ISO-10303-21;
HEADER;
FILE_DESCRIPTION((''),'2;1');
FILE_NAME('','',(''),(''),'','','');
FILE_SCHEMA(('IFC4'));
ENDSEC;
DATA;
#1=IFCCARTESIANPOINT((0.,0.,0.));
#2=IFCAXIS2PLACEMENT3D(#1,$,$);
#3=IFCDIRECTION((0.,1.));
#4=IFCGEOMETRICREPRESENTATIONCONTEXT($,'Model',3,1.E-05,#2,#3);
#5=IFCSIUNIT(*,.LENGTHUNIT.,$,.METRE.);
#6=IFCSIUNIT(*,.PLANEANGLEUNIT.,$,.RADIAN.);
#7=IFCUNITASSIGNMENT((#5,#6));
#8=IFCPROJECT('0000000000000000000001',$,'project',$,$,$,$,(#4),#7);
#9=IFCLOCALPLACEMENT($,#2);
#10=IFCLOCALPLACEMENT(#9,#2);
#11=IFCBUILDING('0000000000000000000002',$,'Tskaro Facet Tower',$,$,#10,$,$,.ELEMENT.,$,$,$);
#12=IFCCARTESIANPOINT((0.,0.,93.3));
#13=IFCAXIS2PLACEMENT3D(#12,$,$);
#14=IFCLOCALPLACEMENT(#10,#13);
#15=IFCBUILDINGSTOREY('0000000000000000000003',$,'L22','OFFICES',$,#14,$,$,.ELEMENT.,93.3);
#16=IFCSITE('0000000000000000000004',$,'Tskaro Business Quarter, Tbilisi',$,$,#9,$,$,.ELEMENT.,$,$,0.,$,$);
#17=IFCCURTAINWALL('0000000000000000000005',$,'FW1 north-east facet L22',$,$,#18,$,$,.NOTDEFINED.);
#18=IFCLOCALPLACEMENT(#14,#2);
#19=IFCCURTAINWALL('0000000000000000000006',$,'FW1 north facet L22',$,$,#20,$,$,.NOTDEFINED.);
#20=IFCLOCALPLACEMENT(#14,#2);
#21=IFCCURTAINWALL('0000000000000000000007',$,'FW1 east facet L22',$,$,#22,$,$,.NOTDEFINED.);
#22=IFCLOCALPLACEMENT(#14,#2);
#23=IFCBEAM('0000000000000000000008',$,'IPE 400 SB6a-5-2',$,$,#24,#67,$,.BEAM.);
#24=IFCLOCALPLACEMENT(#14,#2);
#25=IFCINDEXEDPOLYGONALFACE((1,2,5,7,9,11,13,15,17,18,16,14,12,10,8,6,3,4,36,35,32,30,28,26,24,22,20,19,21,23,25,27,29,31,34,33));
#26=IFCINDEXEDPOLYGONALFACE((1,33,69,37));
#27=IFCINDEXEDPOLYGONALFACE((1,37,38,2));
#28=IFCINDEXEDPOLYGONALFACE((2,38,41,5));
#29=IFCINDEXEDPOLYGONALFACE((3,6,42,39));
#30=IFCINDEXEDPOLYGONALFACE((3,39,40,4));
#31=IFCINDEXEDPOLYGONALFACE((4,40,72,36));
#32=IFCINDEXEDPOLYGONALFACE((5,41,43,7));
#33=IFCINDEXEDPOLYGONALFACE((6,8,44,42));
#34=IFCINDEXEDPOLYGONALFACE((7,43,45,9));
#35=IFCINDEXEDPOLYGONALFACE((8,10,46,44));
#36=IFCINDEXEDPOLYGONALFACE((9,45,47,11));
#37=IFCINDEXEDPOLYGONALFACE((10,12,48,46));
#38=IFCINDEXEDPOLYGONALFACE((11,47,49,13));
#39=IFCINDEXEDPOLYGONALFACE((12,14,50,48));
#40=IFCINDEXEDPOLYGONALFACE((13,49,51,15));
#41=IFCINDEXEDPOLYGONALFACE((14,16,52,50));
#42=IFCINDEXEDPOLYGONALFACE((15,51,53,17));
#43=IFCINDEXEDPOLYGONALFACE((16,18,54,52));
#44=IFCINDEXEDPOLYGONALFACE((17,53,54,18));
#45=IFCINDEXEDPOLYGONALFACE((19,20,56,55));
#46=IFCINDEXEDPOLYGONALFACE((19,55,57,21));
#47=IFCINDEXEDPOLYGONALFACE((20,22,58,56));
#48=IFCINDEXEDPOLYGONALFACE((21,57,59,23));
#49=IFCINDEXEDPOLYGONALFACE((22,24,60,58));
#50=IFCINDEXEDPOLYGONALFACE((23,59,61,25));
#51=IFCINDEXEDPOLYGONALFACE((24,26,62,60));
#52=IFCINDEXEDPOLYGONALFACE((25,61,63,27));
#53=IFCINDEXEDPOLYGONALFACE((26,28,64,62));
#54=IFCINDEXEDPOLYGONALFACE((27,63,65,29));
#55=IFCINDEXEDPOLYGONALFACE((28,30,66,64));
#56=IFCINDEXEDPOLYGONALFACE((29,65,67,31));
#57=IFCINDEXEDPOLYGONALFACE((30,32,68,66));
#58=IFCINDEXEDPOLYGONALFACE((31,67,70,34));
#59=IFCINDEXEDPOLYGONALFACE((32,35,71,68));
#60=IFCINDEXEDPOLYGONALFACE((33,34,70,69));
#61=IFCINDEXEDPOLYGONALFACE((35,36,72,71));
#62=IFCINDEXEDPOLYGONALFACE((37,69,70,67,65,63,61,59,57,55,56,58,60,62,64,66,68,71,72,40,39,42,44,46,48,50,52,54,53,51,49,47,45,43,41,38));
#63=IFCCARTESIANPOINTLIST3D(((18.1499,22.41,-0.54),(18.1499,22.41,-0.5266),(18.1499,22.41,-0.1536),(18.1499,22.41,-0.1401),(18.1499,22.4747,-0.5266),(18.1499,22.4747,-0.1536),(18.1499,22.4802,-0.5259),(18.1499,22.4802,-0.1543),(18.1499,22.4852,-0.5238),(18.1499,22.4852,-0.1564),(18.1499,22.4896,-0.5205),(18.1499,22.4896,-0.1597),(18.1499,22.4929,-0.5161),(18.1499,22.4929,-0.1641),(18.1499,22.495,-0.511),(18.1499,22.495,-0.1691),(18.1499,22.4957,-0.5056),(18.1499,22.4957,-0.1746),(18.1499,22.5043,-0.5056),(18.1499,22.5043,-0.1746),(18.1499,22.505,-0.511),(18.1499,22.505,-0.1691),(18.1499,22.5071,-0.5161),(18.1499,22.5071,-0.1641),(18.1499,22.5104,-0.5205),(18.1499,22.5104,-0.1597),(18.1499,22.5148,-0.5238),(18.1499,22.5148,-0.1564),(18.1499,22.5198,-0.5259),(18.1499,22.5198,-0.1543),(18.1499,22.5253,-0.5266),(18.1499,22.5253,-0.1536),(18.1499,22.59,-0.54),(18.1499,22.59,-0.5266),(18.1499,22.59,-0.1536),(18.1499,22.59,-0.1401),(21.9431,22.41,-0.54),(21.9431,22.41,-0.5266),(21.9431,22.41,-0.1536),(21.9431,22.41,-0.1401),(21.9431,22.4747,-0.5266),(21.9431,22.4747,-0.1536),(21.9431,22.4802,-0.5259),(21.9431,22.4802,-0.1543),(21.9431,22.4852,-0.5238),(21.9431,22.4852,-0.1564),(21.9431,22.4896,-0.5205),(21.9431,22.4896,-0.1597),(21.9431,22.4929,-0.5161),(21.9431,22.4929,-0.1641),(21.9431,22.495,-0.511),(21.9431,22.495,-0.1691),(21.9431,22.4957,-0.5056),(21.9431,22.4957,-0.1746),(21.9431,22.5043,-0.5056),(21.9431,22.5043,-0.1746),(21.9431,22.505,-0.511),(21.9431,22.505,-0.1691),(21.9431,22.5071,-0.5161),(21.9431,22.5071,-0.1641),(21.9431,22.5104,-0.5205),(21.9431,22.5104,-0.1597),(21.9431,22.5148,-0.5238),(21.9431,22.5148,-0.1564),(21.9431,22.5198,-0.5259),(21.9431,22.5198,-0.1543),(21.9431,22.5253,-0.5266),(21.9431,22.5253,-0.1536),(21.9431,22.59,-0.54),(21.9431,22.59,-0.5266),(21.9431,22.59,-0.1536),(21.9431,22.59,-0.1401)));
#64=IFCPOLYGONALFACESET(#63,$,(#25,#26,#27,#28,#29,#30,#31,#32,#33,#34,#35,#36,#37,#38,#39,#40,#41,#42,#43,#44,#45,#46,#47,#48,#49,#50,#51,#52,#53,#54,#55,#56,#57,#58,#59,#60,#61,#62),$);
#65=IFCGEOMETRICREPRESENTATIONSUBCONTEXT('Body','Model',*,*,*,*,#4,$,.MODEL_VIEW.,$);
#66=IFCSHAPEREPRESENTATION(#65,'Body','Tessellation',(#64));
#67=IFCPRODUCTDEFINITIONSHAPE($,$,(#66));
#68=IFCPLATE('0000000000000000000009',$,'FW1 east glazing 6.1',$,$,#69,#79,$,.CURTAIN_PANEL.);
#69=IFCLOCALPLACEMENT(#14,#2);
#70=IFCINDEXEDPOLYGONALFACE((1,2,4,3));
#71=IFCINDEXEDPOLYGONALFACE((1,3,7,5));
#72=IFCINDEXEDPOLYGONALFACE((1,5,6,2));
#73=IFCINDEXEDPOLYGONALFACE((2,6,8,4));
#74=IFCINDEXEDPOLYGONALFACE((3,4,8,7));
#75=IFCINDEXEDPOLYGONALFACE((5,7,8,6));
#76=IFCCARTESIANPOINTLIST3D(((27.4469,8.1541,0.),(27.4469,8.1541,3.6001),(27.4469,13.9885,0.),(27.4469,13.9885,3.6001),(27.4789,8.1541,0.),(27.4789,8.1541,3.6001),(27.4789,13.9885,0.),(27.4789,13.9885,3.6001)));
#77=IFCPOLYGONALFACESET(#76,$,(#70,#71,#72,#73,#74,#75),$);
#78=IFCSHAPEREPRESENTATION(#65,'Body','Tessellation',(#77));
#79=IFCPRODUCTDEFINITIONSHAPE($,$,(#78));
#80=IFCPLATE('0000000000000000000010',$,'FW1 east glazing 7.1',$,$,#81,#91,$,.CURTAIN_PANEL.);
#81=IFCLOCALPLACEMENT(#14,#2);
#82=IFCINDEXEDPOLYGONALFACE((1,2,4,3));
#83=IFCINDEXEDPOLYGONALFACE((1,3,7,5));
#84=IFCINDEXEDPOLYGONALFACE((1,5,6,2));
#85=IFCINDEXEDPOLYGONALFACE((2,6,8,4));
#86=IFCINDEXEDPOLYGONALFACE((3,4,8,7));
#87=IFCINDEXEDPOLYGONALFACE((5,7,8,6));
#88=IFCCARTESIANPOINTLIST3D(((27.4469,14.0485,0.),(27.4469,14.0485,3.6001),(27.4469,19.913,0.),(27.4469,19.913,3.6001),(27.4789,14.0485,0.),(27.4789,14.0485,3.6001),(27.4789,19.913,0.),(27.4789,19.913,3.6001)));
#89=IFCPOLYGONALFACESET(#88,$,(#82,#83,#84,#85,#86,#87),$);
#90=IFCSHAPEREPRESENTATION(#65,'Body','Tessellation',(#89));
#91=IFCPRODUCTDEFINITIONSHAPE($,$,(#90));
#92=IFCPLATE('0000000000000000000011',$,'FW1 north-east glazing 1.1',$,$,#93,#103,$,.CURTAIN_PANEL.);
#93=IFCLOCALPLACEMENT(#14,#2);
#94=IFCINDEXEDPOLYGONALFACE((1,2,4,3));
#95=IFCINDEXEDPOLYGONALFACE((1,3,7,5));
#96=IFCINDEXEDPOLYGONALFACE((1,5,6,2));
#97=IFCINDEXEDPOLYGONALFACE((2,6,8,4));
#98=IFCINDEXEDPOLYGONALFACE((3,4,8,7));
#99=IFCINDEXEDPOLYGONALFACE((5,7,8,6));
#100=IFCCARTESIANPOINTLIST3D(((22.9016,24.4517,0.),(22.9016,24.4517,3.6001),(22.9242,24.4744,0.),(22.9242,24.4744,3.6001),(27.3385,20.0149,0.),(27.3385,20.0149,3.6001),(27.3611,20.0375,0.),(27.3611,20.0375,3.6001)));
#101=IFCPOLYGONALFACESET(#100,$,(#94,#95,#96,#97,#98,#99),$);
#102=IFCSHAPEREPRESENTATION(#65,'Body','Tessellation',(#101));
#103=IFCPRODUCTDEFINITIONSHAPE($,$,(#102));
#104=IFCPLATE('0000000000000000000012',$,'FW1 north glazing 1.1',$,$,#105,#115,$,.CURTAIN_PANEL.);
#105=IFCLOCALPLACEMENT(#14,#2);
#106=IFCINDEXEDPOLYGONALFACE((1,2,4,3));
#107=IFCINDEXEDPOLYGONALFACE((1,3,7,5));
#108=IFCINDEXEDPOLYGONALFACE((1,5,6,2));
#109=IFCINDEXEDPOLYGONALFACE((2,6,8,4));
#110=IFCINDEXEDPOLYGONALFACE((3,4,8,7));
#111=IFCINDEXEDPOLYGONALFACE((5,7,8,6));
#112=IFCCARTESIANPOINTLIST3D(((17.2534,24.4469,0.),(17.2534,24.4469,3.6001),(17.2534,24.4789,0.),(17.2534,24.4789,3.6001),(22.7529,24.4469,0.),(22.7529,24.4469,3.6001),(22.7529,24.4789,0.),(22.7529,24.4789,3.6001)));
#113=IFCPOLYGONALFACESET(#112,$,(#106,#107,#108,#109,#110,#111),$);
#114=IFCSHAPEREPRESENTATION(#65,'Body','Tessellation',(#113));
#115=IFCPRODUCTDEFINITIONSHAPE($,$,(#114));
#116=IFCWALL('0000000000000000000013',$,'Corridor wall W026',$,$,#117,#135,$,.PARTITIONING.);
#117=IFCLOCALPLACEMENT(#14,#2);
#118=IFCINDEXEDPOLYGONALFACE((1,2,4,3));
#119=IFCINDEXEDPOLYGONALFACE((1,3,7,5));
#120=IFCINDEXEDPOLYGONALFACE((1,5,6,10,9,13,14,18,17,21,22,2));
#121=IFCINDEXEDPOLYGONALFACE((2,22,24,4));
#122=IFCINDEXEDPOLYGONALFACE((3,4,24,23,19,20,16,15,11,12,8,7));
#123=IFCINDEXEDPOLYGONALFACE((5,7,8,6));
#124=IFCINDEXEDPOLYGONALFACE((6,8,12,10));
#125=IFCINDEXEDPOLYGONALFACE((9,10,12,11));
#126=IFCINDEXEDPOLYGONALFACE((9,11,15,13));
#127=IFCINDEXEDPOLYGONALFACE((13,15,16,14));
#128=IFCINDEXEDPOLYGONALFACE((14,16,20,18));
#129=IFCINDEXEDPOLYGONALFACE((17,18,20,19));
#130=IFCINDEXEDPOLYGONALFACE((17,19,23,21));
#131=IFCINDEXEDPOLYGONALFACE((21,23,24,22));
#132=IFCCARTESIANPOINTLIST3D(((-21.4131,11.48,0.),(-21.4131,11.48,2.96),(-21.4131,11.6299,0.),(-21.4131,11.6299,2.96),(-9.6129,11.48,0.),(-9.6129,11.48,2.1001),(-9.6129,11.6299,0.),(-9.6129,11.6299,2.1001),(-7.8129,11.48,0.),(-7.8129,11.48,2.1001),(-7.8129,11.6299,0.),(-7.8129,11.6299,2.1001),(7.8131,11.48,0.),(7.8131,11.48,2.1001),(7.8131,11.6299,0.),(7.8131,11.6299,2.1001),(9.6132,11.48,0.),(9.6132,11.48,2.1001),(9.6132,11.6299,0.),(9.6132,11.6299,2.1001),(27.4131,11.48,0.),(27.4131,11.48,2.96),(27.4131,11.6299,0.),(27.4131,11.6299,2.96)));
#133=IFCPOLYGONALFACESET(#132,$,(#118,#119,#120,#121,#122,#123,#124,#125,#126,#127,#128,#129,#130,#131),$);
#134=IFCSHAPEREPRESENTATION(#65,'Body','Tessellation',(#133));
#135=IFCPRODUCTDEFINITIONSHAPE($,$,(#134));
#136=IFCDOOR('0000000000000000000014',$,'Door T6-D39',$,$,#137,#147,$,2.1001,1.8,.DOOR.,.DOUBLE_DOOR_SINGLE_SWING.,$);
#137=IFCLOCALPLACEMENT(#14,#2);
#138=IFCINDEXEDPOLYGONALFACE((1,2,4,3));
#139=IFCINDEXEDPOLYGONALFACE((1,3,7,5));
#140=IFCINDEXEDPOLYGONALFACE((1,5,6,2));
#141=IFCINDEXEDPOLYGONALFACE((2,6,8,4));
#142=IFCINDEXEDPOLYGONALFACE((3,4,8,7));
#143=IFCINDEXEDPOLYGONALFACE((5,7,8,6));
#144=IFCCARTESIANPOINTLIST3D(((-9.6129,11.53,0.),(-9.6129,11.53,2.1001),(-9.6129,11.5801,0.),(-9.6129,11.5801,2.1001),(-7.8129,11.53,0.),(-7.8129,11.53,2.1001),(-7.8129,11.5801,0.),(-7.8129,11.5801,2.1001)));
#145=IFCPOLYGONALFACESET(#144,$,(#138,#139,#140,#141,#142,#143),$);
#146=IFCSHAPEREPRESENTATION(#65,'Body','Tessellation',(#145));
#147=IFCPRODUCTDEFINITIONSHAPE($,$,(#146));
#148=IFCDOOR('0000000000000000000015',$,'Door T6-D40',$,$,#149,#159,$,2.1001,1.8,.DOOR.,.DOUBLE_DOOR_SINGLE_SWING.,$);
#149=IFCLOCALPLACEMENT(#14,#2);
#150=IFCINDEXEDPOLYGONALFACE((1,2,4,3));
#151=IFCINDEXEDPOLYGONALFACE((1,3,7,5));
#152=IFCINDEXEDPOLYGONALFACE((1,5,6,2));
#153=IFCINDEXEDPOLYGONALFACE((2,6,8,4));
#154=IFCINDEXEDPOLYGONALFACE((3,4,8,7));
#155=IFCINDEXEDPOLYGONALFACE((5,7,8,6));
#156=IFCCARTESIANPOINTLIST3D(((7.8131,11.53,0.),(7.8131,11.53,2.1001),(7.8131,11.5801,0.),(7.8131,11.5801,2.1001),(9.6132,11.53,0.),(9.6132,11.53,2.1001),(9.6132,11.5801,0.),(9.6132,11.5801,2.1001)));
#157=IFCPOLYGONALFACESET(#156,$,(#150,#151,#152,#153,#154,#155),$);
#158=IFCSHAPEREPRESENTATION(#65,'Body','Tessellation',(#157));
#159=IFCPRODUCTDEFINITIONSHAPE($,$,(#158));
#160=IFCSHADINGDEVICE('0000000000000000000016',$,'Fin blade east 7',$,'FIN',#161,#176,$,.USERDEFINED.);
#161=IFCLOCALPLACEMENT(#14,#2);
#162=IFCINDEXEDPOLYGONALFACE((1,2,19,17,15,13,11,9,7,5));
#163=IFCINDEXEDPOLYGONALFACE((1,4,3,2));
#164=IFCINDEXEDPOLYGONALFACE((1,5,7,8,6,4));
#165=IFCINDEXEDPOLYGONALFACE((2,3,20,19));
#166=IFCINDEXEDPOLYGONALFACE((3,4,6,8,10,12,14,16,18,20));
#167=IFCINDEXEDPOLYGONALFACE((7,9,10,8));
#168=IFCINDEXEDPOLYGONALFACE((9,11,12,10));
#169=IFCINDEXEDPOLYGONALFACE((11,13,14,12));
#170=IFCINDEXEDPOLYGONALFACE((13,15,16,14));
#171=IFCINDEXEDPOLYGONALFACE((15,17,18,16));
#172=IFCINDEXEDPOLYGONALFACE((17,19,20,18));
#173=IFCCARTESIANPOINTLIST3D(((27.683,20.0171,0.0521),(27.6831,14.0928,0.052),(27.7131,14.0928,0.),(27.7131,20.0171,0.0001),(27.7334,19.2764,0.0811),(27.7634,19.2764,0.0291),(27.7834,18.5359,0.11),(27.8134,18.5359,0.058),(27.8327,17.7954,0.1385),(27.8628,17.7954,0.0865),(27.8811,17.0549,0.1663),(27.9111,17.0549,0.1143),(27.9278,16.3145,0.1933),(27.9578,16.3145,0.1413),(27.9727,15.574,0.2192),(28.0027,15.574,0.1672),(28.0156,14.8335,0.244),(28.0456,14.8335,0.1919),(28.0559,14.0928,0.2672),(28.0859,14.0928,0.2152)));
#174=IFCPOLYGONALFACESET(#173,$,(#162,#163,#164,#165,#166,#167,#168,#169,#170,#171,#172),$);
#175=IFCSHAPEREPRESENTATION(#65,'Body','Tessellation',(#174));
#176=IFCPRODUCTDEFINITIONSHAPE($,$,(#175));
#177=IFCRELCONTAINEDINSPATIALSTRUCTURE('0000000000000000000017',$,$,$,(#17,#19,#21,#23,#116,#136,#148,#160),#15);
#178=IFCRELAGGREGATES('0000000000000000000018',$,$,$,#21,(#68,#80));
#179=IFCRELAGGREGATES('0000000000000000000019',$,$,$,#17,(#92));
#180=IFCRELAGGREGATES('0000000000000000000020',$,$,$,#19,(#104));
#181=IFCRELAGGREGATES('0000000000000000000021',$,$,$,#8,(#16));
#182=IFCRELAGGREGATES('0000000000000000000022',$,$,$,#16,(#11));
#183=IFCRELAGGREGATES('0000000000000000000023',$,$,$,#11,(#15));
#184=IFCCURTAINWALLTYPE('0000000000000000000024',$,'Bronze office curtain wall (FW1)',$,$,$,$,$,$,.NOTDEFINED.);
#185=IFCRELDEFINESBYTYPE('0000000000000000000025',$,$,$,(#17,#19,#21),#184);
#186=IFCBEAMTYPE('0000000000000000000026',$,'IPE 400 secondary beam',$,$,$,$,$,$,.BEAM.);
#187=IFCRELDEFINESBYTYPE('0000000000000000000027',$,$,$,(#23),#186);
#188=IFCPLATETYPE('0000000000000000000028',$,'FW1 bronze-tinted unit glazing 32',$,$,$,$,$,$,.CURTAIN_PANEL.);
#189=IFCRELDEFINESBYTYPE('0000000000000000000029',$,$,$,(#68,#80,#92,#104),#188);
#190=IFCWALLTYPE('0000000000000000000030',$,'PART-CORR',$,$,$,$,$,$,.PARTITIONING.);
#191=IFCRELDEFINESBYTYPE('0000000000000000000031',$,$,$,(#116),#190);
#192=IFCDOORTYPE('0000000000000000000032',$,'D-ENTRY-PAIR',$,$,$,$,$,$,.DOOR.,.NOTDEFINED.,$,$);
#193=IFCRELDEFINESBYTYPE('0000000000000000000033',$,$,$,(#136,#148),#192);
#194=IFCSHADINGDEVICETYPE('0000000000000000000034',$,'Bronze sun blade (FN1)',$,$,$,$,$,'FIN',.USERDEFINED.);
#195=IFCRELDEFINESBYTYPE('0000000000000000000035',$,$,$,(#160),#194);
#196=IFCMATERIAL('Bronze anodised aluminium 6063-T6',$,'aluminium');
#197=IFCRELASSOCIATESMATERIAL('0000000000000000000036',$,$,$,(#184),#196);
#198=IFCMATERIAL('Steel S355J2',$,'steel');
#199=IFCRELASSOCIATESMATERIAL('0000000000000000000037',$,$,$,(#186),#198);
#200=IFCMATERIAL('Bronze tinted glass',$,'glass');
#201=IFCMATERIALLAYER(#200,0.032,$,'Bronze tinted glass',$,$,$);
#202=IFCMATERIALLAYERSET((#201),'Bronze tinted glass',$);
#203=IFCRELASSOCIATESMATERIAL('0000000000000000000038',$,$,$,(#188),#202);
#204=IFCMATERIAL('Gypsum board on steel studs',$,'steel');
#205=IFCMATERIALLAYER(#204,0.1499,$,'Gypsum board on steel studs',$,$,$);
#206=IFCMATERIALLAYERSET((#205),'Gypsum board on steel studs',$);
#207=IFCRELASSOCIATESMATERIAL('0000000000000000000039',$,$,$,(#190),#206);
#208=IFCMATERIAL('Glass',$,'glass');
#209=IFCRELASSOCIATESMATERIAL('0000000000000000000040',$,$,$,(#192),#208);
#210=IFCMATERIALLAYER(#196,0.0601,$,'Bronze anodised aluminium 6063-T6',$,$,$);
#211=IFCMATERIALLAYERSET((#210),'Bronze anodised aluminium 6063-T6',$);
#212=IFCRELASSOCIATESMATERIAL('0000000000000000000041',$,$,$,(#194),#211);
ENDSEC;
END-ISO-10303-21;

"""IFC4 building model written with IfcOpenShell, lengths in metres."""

from ifc_helpers import new_model, si_unit, direction, frame, frame_2d, origin, origin_2d, place, context, subcontext, project, spatial, polyline, rectangle, i_section, outline, extrude, material, layer, layer_set, material_profile, profile_set, type_object, element, fill, aggregate, save


model = new_model("IFC4")

# Units and contexts
model_context = context("Model", 3, precision=1e-05, world=origin(), true_north=direction((0.0, 1.0)))
body_context = subcontext(model_context, "Body", "Model", "MODEL_VIEW")
ifc_project = project(units=[si_unit("LENGTHUNIT", "METRE"), si_unit("PLANEANGLEUNIT", "RADIAN")], contexts=[model_context])

# Site, building, storey
site_placement = place(None, origin())
site = spatial("IfcSite", under=ifc_project, at=site_placement, Name="Tskaro Business Quarter, Tbilisi", CompositionType="ELEMENT", RefElevation=0.0)
building_placement = place(site_placement, origin())
building = spatial("IfcBuilding", under=site, at=building_placement, Name="Tskaro Facet Tower", CompositionType="ELEMENT")
storey_placement = place(building_placement, frame((0.0, 0.0, 93.3)))
storey = spatial("IfcBuildingStorey", under=building, at=storey_placement, Name="L22", Description="OFFICES", CompositionType="ELEMENT", Elevation=93.3)

# Curtain walls
ifc_material_1 = material(Name="Bronze anodised aluminium 6063-T6", Category="aluminium")
curtain_wall_type = type_object("IfcCurtainWallType", Name="Bronze office curtain wall (FW1)", PredefinedType="NOTDEFINED", material=ifc_material_1)
curtain_wall_1_placement = place(storey_placement, origin())
curtain_wall_1 = element("IfcCurtainWall", 1, at=curtain_wall_1_placement, inside=storey, type_object=curtain_wall_type, Name="FW1 north-east facet L22", PredefinedType="NOTDEFINED")
curtain_wall_2_placement = place(storey_placement, origin())
curtain_wall_2 = element("IfcCurtainWall", 2, at=curtain_wall_2_placement, inside=storey, type_object=curtain_wall_type, Name="FW1 north facet L22", PredefinedType="NOTDEFINED")

# Curtain wall
curtain_wall_3_placement = place(storey_placement, origin())
curtain_wall_3 = element("IfcCurtainWall", 3, at=curtain_wall_3_placement, inside=storey, type_object=curtain_wall_type, Name="FW1 east facet L22", PredefinedType="NOTDEFINED")

# Beam
ifc_material_2 = material(Name="Steel S355J2", Category="steel")
ifc_material_profile_1 = material_profile(ifc_material_2, i_section(OverallWidth=0.1799, OverallDepth=0.3999, WebThickness=0.0085, FlangeThickness=0.0134, FilletRadius=0.021, at=origin_2d()), Name="IPE 400")
ifc_profile_set_1 = profile_set([ifc_material_profile_1], Name="Steel S355J2")
beam_type_1 = type_object("IfcBeamType", Name="IPE 400 secondary beam", PredefinedType="BEAM", material=ifc_profile_set_1)
beam_1_placement = place(storey_placement, frame((18.1499, 22.5, -0.3401), z_axis=(1.0, 0.0, 0.0), x_axis=(0.0, 1.0, 0.0)))
element("IfcBeam", 4, at=beam_1_placement, inside=storey, type_object=beam_type_1, Name="IPE 400 SB6a-5-2", PredefinedType="BEAM", context=body_context, shape_type="SweptSolid", body=[
    extrude(i_section(OverallWidth=0.1799, OverallDepth=0.3999, WebThickness=0.0085, FlangeThickness=0.0134, FilletRadius=0.021, at=origin_2d()), origin(), (0.0, 0.0, 1.0), 3.7932),
])

# Plates
ifc_material_3 = material(Name="Bronze tinted glass", Category="glass")
ifc_layer_1 = layer(ifc_material_3, 0.032, Name="Bronze tinted glass")
ifc_layer_set_1 = layer_set([ifc_layer_1], Name="Bronze tinted glass")
plate_type = type_object("IfcPlateType", Name="FW1 bronze-tinted unit glazing 32", PredefinedType="CURTAIN_PANEL", material=ifc_layer_set_1)
plate_1_placement = place(storey_placement, frame((27.4629, 11.0713, 0.0), z_axis=(0.0, 0.0, 1.0), x_axis=(0.0, 1.0, 0.0)))
plate_1 = element("IfcPlate", 5, at=plate_1_placement, type_object=plate_type, Name="FW1 east glazing 6.1", PredefinedType="CURTAIN_PANEL", context=body_context, shape_type="SweptSolid", body=[
    extrude(rectangle(XDim=5.8345, YDim=0.032, at=origin_2d()), origin(), (0.0, 0.0, 1.0), 3.6001),
])
plate_2_placement = place(storey_placement, frame((27.4629, 16.9807, 0.0), z_axis=(0.0, 0.0, 1.0), x_axis=(0.0, 1.0, 0.0)))
plate_2 = element("IfcPlate", 6, at=plate_2_placement, type_object=plate_type, Name="FW1 east glazing 7.1", PredefinedType="CURTAIN_PANEL", context=body_context, shape_type="SweptSolid", body=[
    extrude(rectangle(XDim=5.8645, YDim=0.032, at=origin_2d()), origin(), (0.0, 0.0, 1.0), 3.6001),
])
aggregate(curtain_wall_3, [plate_1, plate_2])
plate_3_placement = place(storey_placement, frame((25.1313, 22.2446, 0.0), z_axis=(0.0, 0.0, 1.0), x_axis=(-0.707107, 0.707107, 0.0)))
plate_3 = element("IfcPlate", 7, at=plate_3_placement, type_object=plate_type, Name="FW1 north-east glazing 1.1", PredefinedType="CURTAIN_PANEL", context=body_context, shape_type="SweptSolid", body=[
    extrude(rectangle(XDim=6.2747, YDim=0.032, at=origin_2d()), origin(), (0.0, 0.0, 1.0), 3.6001),
])
aggregate(curtain_wall_1, [plate_3])
plate_4_placement = place(storey_placement, frame((20.0032, 24.4629, 0.0), z_axis=(0.0, 0.0, 1.0), x_axis=(-1.0, 0.0, 0.0)))
plate_4 = element("IfcPlate", 8, at=plate_4_placement, type_object=plate_type, Name="FW1 north glazing 1.1", PredefinedType="CURTAIN_PANEL", context=body_context, shape_type="SweptSolid", body=[
    extrude(rectangle(XDim=5.4995, YDim=0.032, at=origin_2d()), origin(), (0.0, 0.0, 1.0), 3.6001),
])
aggregate(curtain_wall_2, [plate_4])

# Wall, openings, doors
ifc_material_4 = material(Name="Gypsum board on steel studs", Category="steel")
ifc_layer_2 = layer(ifc_material_4, 0.1499, Name="Gypsum board on steel studs")
ifc_layer_set_2 = layer_set([ifc_layer_2], Name="Gypsum board on steel studs")
wall_type = type_object("IfcWallType", Name="PART-CORR", PredefinedType="PARTITIONING", material=ifc_layer_set_2)
wall_placement = place(storey_placement, frame((27.4131, 11.5549, 0.0), z_axis=(0.0, 0.0, 1.0), x_axis=(-1.0, 0.0, 0.0)))
wall = element("IfcWall", 9, at=wall_placement, inside=storey, type_object=wall_type, Name="Corridor wall W026", PredefinedType="PARTITIONING", context=body_context, shape_type="SweptSolid", body=[
    extrude(rectangle(XDim=48.8262, YDim=0.1499, at=frame_2d((24.4131, 0.0))), origin(), (0.0, 0.0, 1.0), 2.96),
])
opening_1_placement = place(wall_placement, frame((35.2261, 0.0, 0.0)))
opening_1 = element("IfcOpeningElement", 10, at=opening_1_placement, cuts=wall, PredefinedType="OPENING", context=body_context, shape_type="SweptSolid", body=[
    extrude(rectangle(XDim=1.8, YDim=2.1001, at=frame_2d((0.8999, 1.05))), frame((0.0, 0.085, 0.0), z_axis=(0.0, -1.0, 0.0), x_axis=(1.0, 0.0, 0.0)), (0.0, 0.0, 1.0), 0.1699),
])
opening_2_placement = place(wall_placement, frame((17.8, 0.0, 0.0)))
opening_2 = element("IfcOpeningElement", 11, at=opening_2_placement, cuts=wall, PredefinedType="OPENING", context=body_context, shape_type="SweptSolid", body=[
    extrude(rectangle(XDim=1.8, YDim=2.1001, at=frame_2d((0.8999, 1.05))), frame((0.0, 0.085, 0.0), z_axis=(0.0, -1.0, 0.0), x_axis=(1.0, 0.0, 0.0)), (0.0, 0.0, 1.0), 0.1699),
])
ifc_material_5 = material(Name="Glass", Category="glass")
door_type = type_object("IfcDoorType", Name="D-ENTRY-PAIR", OperationType="NOTDEFINED", PredefinedType="DOOR", material=ifc_material_5)
door_1_placement = place(opening_1_placement, origin())
door_1 = element("IfcDoor", 12, at=door_1_placement, inside=storey, type_object=door_type, Name="Door T6-D39", OperationType="DOUBLE_DOOR_SINGLE_SWING", OverallHeight=2.1001, OverallWidth=1.8, PredefinedType="DOOR", context=body_context, shape_type="SweptSolid", body=[
    extrude(rectangle(XDim=1.8, YDim=2.1001, at=frame_2d((0.8999, 1.05))), frame((0.0, 0.0249, 0.0), z_axis=(0.0, -1.0, 0.0), x_axis=(1.0, 0.0, 0.0)), (0.0, 0.0, 1.0), 0.05),
])
fill(opening_1, door_1)
door_2_placement = place(opening_2_placement, origin())
door_2 = element("IfcDoor", 13, at=door_2_placement, inside=storey, type_object=door_type, Name="Door T6-D40", OperationType="DOUBLE_DOOR_SINGLE_SWING", OverallHeight=2.1001, OverallWidth=1.8, PredefinedType="DOOR", context=body_context, shape_type="SweptSolid", body=[
    extrude(rectangle(XDim=1.8, YDim=2.1001, at=frame_2d((0.8999, 1.05))), frame((0.0, 0.0249, 0.0), z_axis=(0.0, -1.0, 0.0), x_axis=(1.0, 0.0, 0.0)), (0.0, 0.0, 1.0), 0.05),
])
fill(opening_2, door_2)

# Shading device
ifc_layer_3 = layer(ifc_material_1, 0.0601, Name="Bronze anodised aluminium 6063-T6")
ifc_layer_set_3 = layer_set([ifc_layer_3], Name="Bronze anodised aluminium 6063-T6")
shading_device_type = type_object("IfcShadingDeviceType", Name="Bronze sun blade (FN1)", ElementType="FIN", PredefinedType="USERDEFINED", material=ifc_layer_set_3)
shading_device_1_placement = place(storey_placement, frame((27.6831, 14.0928, 0.052), z_axis=(-0.499972, -0.000019, 0.866041), x_axis=(-0.00001, 1.0, 0.000017)))
element("IfcShadingDevice", 14, at=shading_device_1_placement, inside=storey, type_object=shading_device_type, Name="Fin blade east 7", ObjectType="FIN", PredefinedType="USERDEFINED", context=body_context, shape_type="SweptSolid", body=[
    extrude(outline(polyline([(0.0, 0.0), (5.9243, 0.0), (5.1836, -0.0581), (4.4431, -0.1158), (3.7026, -0.1728), (2.9622, -0.2286), (2.2217, -0.2825), (1.4812, -0.3344), (0.7407, -0.3839), (0.0, -0.4304), (0.0, 0.0)])), origin(), (0.0, 0.0, -1.0), 0.0601),
])

save(model, "model.ifc")
